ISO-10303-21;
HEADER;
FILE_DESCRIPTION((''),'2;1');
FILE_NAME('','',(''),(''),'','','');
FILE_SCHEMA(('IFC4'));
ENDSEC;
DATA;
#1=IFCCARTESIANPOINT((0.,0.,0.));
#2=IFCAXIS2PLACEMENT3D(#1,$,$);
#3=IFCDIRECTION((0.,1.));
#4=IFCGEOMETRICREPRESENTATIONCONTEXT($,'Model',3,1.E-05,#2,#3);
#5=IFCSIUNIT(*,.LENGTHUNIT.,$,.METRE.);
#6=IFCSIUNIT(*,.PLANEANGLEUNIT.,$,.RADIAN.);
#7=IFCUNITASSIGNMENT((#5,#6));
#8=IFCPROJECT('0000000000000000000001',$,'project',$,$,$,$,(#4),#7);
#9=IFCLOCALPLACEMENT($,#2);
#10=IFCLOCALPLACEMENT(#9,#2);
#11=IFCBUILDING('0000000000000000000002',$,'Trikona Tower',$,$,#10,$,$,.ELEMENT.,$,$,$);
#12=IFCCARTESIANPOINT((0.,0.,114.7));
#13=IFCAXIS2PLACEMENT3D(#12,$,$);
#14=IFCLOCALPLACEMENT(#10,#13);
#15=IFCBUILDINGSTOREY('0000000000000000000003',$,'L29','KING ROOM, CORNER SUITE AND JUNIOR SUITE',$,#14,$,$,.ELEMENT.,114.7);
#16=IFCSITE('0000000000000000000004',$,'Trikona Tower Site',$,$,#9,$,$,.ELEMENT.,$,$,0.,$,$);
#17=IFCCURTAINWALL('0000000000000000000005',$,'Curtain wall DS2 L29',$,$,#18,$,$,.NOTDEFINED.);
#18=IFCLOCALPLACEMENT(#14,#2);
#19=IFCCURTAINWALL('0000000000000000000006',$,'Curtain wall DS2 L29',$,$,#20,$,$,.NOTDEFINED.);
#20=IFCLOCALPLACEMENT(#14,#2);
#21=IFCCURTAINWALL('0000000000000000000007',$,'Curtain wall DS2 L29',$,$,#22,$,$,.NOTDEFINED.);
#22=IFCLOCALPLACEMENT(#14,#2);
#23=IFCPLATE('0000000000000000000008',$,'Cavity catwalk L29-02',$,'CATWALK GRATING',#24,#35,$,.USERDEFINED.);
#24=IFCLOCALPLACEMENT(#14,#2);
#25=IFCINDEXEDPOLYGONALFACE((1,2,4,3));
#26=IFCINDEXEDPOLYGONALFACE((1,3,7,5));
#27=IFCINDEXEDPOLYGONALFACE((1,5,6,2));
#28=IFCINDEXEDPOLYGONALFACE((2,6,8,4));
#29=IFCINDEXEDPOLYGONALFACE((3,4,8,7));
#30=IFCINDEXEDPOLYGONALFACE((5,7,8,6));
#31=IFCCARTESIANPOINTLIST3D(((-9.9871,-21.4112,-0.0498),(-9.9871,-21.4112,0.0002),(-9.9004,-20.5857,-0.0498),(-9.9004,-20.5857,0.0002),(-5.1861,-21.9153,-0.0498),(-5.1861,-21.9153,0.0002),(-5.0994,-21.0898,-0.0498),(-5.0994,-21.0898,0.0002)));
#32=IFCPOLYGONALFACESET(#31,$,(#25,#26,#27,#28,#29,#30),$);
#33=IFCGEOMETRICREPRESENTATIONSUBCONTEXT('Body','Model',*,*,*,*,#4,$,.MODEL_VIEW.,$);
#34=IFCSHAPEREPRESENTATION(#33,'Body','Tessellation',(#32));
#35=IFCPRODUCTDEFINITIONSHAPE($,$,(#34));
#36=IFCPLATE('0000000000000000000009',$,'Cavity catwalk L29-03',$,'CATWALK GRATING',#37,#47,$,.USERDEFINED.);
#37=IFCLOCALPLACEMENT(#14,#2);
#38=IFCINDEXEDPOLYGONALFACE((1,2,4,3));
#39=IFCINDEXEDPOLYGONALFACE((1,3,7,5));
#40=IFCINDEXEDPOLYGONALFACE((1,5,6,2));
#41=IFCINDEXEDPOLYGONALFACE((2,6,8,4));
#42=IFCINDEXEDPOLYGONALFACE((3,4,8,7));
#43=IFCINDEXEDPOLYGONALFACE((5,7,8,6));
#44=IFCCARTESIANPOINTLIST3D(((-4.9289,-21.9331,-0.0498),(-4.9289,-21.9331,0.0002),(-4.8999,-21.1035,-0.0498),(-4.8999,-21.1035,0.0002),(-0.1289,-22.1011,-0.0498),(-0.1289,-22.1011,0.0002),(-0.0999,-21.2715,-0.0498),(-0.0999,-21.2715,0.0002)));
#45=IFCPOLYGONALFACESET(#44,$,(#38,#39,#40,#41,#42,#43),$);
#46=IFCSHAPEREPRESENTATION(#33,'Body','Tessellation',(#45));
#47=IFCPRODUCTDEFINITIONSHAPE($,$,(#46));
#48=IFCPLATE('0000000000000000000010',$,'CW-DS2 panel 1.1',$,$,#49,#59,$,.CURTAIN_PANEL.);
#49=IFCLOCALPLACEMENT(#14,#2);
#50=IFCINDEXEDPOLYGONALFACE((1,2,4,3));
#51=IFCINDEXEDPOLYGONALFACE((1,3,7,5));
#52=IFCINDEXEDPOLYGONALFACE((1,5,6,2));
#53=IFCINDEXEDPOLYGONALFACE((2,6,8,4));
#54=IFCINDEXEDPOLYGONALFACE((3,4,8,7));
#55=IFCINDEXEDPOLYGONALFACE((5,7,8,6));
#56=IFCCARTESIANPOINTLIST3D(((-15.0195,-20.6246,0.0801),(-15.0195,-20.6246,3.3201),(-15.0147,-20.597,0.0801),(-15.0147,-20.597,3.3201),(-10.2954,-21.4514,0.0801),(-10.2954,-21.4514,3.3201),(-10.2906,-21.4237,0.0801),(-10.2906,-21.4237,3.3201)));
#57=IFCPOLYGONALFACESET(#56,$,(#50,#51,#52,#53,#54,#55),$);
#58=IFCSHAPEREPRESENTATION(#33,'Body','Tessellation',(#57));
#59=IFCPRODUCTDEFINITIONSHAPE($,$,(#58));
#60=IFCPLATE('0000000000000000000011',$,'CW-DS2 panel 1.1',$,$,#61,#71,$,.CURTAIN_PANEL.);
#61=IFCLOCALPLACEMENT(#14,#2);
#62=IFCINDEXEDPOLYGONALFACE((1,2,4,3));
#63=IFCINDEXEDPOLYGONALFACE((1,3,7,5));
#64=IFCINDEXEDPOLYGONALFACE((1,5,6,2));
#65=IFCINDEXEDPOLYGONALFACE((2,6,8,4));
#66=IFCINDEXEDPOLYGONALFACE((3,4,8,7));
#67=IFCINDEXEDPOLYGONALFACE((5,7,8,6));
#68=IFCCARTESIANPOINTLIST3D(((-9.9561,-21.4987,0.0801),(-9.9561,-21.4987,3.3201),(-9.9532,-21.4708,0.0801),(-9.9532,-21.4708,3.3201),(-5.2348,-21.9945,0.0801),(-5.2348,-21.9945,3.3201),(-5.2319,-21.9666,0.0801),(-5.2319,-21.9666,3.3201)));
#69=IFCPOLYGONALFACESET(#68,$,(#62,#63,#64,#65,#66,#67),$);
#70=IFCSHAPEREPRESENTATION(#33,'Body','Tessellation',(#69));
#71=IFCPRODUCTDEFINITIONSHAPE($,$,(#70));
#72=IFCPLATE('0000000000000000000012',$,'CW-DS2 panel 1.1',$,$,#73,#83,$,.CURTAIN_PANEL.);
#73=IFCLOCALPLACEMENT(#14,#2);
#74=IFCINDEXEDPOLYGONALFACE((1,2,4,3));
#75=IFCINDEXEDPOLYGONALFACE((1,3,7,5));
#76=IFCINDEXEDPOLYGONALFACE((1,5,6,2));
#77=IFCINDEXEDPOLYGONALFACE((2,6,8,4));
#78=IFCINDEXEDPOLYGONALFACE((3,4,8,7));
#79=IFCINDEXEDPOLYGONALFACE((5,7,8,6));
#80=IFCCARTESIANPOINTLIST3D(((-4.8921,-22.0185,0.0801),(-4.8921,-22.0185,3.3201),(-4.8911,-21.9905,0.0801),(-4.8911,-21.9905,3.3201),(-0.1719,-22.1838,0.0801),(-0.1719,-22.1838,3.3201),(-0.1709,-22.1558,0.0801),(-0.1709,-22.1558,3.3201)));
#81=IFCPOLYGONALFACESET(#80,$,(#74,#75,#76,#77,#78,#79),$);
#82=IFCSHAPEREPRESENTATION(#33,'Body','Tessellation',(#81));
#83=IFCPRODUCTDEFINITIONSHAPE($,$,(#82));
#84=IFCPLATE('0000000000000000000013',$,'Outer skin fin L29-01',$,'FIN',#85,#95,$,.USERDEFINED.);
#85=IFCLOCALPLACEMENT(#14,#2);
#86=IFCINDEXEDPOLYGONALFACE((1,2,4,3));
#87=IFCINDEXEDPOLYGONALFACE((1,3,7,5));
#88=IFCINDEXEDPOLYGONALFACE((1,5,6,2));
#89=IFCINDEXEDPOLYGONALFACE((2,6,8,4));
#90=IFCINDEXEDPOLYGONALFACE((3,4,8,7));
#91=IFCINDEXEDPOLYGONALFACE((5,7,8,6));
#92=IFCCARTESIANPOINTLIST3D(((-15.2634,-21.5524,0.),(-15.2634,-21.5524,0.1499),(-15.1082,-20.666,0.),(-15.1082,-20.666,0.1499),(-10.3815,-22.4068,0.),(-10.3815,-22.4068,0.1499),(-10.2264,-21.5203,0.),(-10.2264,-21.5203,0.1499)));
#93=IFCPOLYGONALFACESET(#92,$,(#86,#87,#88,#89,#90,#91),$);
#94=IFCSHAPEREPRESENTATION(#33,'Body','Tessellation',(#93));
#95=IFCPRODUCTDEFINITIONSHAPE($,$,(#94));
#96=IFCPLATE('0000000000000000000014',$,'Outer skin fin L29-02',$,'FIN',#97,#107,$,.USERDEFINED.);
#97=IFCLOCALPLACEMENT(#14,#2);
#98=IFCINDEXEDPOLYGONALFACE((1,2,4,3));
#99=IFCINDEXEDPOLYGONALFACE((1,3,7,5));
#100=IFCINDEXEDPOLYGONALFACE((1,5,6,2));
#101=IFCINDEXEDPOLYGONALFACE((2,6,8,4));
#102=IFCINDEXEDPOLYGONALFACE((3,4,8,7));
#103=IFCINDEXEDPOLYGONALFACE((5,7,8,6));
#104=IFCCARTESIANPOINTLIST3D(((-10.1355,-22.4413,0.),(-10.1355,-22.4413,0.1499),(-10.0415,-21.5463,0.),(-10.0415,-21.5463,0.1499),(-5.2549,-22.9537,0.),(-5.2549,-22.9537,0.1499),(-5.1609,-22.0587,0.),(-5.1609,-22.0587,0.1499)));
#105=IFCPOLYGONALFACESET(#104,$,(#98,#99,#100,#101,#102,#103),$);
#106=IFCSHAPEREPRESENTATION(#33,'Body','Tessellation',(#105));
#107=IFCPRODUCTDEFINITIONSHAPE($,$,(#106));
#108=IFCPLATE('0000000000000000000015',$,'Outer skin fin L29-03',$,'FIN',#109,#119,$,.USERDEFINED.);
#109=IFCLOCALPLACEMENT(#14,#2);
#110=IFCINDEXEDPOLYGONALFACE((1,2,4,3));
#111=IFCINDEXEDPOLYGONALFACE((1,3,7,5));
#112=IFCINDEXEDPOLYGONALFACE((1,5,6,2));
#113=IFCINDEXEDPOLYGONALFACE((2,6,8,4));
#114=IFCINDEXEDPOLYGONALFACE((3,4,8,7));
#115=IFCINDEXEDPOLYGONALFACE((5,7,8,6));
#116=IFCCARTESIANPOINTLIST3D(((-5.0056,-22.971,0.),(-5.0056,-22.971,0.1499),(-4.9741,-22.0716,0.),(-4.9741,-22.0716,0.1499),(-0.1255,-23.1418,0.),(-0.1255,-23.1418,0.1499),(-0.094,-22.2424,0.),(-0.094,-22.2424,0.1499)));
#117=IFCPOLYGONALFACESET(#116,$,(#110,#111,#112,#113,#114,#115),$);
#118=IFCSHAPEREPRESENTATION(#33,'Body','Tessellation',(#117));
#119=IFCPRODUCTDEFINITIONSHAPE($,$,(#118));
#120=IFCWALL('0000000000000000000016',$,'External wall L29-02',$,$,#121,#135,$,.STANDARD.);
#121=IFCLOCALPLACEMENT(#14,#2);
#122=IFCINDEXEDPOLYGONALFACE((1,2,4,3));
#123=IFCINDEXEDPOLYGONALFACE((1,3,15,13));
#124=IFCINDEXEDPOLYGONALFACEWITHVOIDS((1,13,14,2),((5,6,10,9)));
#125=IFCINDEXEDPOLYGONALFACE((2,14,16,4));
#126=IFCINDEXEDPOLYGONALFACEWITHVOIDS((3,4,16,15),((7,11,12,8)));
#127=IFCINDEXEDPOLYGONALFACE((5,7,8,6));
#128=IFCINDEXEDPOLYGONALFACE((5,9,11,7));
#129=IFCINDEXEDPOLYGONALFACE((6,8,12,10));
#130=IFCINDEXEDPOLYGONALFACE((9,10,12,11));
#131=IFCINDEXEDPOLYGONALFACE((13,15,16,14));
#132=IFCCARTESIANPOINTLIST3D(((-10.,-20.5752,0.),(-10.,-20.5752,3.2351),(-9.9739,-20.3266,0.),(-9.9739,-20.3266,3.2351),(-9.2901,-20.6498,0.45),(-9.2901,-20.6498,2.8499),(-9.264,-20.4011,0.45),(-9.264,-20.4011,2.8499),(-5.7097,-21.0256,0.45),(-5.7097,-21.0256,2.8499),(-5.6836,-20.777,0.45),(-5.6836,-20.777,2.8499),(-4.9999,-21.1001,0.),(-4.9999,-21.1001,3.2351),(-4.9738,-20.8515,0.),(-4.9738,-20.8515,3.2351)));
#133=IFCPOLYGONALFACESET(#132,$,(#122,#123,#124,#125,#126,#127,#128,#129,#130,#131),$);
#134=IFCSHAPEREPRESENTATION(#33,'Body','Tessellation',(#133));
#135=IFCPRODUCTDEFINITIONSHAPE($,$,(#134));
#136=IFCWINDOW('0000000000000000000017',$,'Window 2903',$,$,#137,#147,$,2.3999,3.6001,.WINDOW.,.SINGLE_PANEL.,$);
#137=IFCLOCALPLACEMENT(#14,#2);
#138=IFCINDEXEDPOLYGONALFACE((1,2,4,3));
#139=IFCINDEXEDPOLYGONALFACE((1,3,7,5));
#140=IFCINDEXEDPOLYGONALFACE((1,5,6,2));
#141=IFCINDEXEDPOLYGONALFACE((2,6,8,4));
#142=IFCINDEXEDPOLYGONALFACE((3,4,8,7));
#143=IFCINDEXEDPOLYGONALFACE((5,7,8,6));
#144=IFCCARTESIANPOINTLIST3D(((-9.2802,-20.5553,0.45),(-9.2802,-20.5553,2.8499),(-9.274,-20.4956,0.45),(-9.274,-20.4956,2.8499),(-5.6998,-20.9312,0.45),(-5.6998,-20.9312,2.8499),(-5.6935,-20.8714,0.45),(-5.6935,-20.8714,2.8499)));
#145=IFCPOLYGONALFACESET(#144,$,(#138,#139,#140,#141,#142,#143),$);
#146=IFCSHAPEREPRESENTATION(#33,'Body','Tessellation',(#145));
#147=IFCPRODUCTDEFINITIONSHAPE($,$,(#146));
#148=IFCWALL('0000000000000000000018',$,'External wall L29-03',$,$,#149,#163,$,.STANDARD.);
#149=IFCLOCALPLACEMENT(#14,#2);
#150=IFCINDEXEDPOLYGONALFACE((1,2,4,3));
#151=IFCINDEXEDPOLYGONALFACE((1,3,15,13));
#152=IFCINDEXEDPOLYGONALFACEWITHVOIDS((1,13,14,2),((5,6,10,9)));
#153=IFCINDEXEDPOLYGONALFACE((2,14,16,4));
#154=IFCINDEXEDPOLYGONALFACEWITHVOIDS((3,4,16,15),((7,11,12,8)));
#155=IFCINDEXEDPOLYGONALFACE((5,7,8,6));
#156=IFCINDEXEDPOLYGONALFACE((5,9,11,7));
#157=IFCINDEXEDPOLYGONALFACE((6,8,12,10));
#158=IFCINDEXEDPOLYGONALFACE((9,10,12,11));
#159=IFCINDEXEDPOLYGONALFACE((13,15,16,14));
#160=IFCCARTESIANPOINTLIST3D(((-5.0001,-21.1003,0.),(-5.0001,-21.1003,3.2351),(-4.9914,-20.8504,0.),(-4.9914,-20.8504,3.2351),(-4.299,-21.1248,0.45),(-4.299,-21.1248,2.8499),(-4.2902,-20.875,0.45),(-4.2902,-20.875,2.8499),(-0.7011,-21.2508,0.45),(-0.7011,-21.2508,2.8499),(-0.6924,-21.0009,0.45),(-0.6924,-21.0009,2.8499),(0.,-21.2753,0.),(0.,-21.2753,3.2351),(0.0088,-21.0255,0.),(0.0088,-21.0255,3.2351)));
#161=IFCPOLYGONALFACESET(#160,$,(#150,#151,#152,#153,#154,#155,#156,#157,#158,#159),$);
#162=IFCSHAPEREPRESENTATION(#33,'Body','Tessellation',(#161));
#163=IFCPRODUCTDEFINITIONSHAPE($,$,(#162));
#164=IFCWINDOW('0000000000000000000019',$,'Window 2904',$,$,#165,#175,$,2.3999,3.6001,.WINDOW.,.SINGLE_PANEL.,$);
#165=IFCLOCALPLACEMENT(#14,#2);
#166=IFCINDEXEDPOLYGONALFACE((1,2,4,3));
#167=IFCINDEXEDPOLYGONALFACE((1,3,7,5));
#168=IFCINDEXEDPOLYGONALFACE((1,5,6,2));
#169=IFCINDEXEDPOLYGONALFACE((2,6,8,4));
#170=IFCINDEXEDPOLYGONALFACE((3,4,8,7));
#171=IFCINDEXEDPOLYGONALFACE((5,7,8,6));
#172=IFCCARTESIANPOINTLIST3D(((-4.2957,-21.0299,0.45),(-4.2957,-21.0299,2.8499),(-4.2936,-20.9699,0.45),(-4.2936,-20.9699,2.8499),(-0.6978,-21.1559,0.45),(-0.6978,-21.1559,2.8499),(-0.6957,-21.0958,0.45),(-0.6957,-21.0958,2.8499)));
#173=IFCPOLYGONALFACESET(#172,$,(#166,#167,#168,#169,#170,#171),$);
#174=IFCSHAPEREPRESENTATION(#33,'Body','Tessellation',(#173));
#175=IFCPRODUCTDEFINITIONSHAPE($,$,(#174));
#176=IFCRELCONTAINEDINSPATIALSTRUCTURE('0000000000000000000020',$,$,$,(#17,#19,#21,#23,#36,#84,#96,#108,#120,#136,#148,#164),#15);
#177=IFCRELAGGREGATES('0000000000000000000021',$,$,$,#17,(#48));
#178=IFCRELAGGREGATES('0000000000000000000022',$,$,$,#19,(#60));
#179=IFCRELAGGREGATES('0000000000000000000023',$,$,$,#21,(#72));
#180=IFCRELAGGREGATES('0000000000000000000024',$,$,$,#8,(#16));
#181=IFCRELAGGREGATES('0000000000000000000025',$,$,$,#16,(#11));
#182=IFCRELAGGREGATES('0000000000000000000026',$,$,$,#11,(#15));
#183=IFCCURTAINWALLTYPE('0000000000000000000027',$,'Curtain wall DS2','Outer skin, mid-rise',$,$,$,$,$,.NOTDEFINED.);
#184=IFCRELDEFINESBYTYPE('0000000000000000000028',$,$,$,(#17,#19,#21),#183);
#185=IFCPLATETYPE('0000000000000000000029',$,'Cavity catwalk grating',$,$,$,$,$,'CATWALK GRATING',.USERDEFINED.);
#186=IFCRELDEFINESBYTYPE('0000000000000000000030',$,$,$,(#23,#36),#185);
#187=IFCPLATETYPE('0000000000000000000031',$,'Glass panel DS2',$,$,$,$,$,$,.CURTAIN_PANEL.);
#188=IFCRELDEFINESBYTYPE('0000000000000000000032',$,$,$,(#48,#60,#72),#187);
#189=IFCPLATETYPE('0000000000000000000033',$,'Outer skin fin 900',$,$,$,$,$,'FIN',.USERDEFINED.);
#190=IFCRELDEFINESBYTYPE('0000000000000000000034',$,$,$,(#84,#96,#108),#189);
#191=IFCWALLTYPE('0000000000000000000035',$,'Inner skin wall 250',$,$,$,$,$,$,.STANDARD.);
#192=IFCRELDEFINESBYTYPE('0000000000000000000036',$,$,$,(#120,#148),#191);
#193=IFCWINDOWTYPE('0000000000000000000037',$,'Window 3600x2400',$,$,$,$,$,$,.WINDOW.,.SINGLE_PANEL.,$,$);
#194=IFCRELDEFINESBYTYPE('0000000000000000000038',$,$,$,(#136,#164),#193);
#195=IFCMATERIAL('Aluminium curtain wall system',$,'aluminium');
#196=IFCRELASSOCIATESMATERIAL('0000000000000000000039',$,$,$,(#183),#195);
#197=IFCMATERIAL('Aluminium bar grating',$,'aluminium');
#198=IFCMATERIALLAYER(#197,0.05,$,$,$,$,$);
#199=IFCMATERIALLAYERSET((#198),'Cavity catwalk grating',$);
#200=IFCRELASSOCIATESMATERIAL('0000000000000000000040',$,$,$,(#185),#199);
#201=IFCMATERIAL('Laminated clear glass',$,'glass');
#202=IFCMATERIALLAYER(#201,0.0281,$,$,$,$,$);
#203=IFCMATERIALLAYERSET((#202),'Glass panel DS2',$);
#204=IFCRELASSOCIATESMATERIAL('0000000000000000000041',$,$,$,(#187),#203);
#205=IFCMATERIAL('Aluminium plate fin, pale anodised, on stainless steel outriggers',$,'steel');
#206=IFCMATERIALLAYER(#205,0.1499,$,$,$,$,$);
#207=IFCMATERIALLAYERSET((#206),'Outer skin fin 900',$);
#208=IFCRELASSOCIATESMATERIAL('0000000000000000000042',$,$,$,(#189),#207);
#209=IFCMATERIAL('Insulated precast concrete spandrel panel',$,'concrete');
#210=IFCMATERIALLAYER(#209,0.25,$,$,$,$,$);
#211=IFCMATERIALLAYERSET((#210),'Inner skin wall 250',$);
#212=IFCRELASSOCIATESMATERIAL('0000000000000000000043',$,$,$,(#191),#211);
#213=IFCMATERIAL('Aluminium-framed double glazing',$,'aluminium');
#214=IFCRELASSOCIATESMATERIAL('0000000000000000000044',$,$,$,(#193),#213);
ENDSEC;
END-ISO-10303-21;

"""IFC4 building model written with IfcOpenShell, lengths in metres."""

from ifc_helpers import new_model, si_unit, direction, frame, frame_2d, origin, origin_2d, place, context, subcontext, project, spatial, rectangle, extrude, material, layer, layer_set, type_object, element, fill, aggregate, save


model = new_model("IFC4")

# Units and contexts
model_context = context("Model", 3, precision=1e-05, world=origin(), true_north=direction((0.0, 1.0)))
body_context = subcontext(model_context, "Body", "Model", "MODEL_VIEW")
ifc_project = project(units=[si_unit("LENGTHUNIT", "METRE"), si_unit("PLANEANGLEUNIT", "RADIAN")], contexts=[model_context])

# Site, building, storey
site_placement = place(None, origin())
site = spatial("IfcSite", under=ifc_project, at=site_placement, Name="Trikona Tower Site", CompositionType="ELEMENT", RefElevation=0.0)
building_placement = place(site_placement, origin())
building = spatial("IfcBuilding", under=site, at=building_placement, Name="Trikona Tower", CompositionType="ELEMENT")
storey_placement = place(building_placement, frame((0.0, 0.0, 114.7)))
storey = spatial("IfcBuildingStorey", under=building, at=storey_placement, Name="L29", Description="KING ROOM, CORNER SUITE AND JUNIOR SUITE", CompositionType="ELEMENT", Elevation=114.7)

# Curtain wall
ifc_material_1 = material(Name="Aluminium curtain wall system", Category="aluminium")
curtain_wall_type = type_object("IfcCurtainWallType", Name="Curtain wall DS2", Description="Outer skin, mid-rise", PredefinedType="NOTDEFINED", material=ifc_material_1)
curtain_wall_1_placement = place(storey_placement, origin())
curtain_wall_1 = element("IfcCurtainWall", 1, at=curtain_wall_1_placement, inside=storey, type_object=curtain_wall_type, Name="Curtain wall DS2 L29", PredefinedType="NOTDEFINED")

# Curtain walls
curtain_wall_2_placement = place(storey_placement, origin())
curtain_wall_2 = element("IfcCurtainWall", 2, at=curtain_wall_2_placement, inside=storey, type_object=curtain_wall_type, Name="Curtain wall DS2 L29", PredefinedType="NOTDEFINED")
curtain_wall_3_placement = place(storey_placement, origin())
curtain_wall_3 = element("IfcCurtainWall", 3, at=curtain_wall_3_placement, inside=storey, type_object=curtain_wall_type, Name="Curtain wall DS2 L29", PredefinedType="NOTDEFINED")

# Plates
ifc_material_2 = material(Name="Aluminium bar grating", Category="aluminium")
ifc_layer_1 = layer(ifc_material_2, 0.05)
ifc_layer_set_1 = layer_set([ifc_layer_1], Name="Cavity catwalk grating")
plate_type_1 = type_object("IfcPlateType", Name="Cavity catwalk grating", ElementType="CATWALK GRATING", PredefinedType="USERDEFINED", material=ifc_layer_set_1)
plate_1_placement = place(storey_placement, frame((-7.5432, -21.2505, -0.0498), z_axis=(0.0, 0.0, 1.0), x_axis=(0.994533, -0.104426, 0.0)))
element("IfcPlate", 4, at=plate_1_placement, inside=storey, type_object=plate_type_1, Name="Cavity catwalk L29-02", ObjectType="CATWALK GRATING", PredefinedType="USERDEFINED", context=body_context, shape_type="SweptSolid", body=[
    extrude(rectangle(XDim=4.8274, YDim=0.8301, at=origin_2d()), origin(), (0.0, 0.0, 1.0), 0.05),
])
plate_2_placement = place(storey_placement, frame((-2.5144, -21.6023, -0.0498), z_axis=(0.0, 0.0, 1.0), x_axis=(0.999388, -0.034978, 0.0)))
element("IfcPlate", 5, at=plate_2_placement, inside=storey, type_object=plate_type_1, Name="Cavity catwalk L29-03", ObjectType="CATWALK GRATING", PredefinedType="USERDEFINED", context=body_context, shape_type="SweptSolid", body=[
    extrude(rectangle(XDim=4.803, YDim=0.8301, at=origin_2d()), origin(), (0.0, 0.0, 1.0), 0.05),
])

# Plates
ifc_material_3 = material(Name="Laminated clear glass", Category="glass")
ifc_layer_2 = layer(ifc_material_3, 0.0281)
ifc_layer_set_2 = layer_set([ifc_layer_2], Name="Glass panel DS2")
plate_type_2 = type_object("IfcPlateType", Name="Glass panel DS2", PredefinedType="CURTAIN_PANEL", material=ifc_layer_set_2)
plate_3_placement = place(storey_placement, frame((-12.655, -21.0242, 0.0801), z_axis=(0.0, 0.0, 1.0), x_axis=(0.985031, -0.172377, 0.0)))
plate_3 = element("IfcPlate", 6, at=plate_3_placement, type_object=plate_type_2, Name="CW-DS2 panel 1.1", PredefinedType="CURTAIN_PANEL", context=body_context, shape_type="SweptSolid", body=[
    extrude(rectangle(XDim=4.7959, YDim=0.0281, at=origin_2d()), origin(), (0.0, 0.0, 1.0), 3.24),
])
aggregate(curtain_wall_1, [plate_3])
plate_4_placement = place(storey_placement, frame((-7.594, -21.7327, 0.0801), z_axis=(0.0, 0.0, 1.0), x_axis=(0.994532, -0.104433, 0.0)))
plate_4 = element("IfcPlate", 7, at=plate_4_placement, type_object=plate_type_2, Name="CW-DS2 panel 1.1", PredefinedType="CURTAIN_PANEL", context=body_context, shape_type="SweptSolid", body=[
    extrude(rectangle(XDim=4.7473, YDim=0.0281, at=origin_2d()), origin(), (0.0, 0.0, 1.0), 3.24),
])
aggregate(curtain_wall_2, [plate_4])
plate_5_placement = place(storey_placement, frame((-2.5315, -22.0872, 0.0801), z_axis=(0.0, 0.0, 1.0), x_axis=(0.999387, -0.034998, 0.0)))
plate_5 = element("IfcPlate", 8, at=plate_5_placement, type_object=plate_type_2, Name="CW-DS2 panel 1.1", PredefinedType="CURTAIN_PANEL", context=body_context, shape_type="SweptSolid", body=[
    extrude(rectangle(XDim=4.7231, YDim=0.0281, at=origin_2d()), origin(), (0.0, 0.0, 1.0), 3.24),
])
aggregate(curtain_wall_3, [plate_5])

# Plates
ifc_material_4 = material(Name="Aluminium plate fin, pale anodised, on stainless steel outriggers", Category="steel")
ifc_layer_3 = layer(ifc_material_4, 0.1499)
ifc_layer_set_3 = layer_set([ifc_layer_3], Name="Outer skin fin 900")
plate_type_3 = type_object("IfcPlateType", Name="Outer skin fin 900", ElementType="FIN", PredefinedType="USERDEFINED", material=ifc_layer_set_3)
plate_6_placement = place(storey_placement, frame((-12.7449, -21.5364, 0.0), z_axis=(0.0, 0.0, 1.0), x_axis=(0.985031, -0.17238, 0.0)))
element("IfcPlate", 9, at=plate_6_placement, inside=storey, type_object=plate_type_3, Name="Outer skin fin L29-01", ObjectType="FIN", PredefinedType="USERDEFINED", context=body_context, shape_type="SweptSolid", body=[
    extrude(rectangle(XDim=4.9561, YDim=0.8999, at=origin_2d()), origin(), (0.0, 0.0, 1.0), 0.1499),
])
plate_7_placement = place(storey_placement, frame((-7.6482, -22.25, 0.0), z_axis=(0.0, 0.0, 1.0), x_axis=(0.994533, -0.104426, 0.0)))
element("IfcPlate", 10, at=plate_7_placement, inside=storey, type_object=plate_type_3, Name="Outer skin fin L29-02", ObjectType="FIN", PredefinedType="USERDEFINED", context=body_context, shape_type="SweptSolid", body=[
    extrude(rectangle(XDim=4.9075, YDim=0.8999, at=origin_2d()), origin(), (0.0, 0.0, 1.0), 0.1499),
])
plate_8_placement = place(storey_placement, frame((-2.5498, -22.6067, 0.0), z_axis=(0.0, 0.0, 1.0), x_axis=(0.999388, -0.034978, 0.0)))
element("IfcPlate", 11, at=plate_8_placement, inside=storey, type_object=plate_type_3, Name="Outer skin fin L29-03", ObjectType="FIN", PredefinedType="USERDEFINED", context=body_context, shape_type="SweptSolid", body=[
    extrude(rectangle(XDim=4.8831, YDim=0.8999, at=origin_2d()), origin(), (0.0, 0.0, 1.0), 0.1499),
])

# Walls, openings, windows
ifc_material_5 = material(Name="Insulated precast concrete spandrel panel", Category="concrete")
ifc_layer_4 = layer(ifc_material_5, 0.25)
ifc_layer_set_4 = layer_set([ifc_layer_4], Name="Inner skin wall 250")
wall_type = type_object("IfcWallType", Name="Inner skin wall 250", PredefinedType="STANDARD", material=ifc_layer_set_4)
wall_1_placement = place(storey_placement, frame((-9.9868, -20.4509, 0.0), z_axis=(0.0, 0.0, 1.0), x_axis=(0.994535, -0.104407, 0.0)))
wall_1 = element("IfcWall", 12, at=wall_1_placement, inside=storey, type_object=wall_type, Name="External wall L29-02", PredefinedType="STANDARD", context=body_context, shape_type="SweptSolid", body=[
    extrude(rectangle(XDim=5.0276, YDim=0.25, at=frame_2d((2.5137, 0.0))), origin(), (0.0, 0.0, 1.0), 3.2351),
])
opening_1_placement = place(wall_1_placement, frame((0.7136, 0.0, 0.45)))
opening_1 = element("IfcOpeningElement", 13, at=opening_1_placement, cuts=wall_1, PredefinedType="OPENING", context=body_context, shape_type="SweptSolid", body=[
    extrude(rectangle(XDim=3.6001, YDim=2.3999, at=frame_2d((1.8, 1.2))), frame((0.0, 0.135, 0.0), z_axis=(0.0, -1.0, 0.0), x_axis=(1.0, 0.0, 0.0)), (0.0, 0.0, 1.0), 0.27),
])
ifc_material_6 = material(Name="Aluminium-framed double glazing", Category="aluminium")
window_type = type_object("IfcWindowType", Name="Window 3600x2400", PartitioningType="SINGLE_PANEL", PredefinedType="WINDOW", material=ifc_material_6)
window_1_placement = place(opening_1_placement, origin())
window_1 = element("IfcWindow", 14, at=window_1_placement, inside=storey, type_object=window_type, Name="Window 2903", OverallHeight=2.3999, OverallWidth=3.6001, PartitioningType="SINGLE_PANEL", PredefinedType="WINDOW", context=body_context, shape_type="SweptSolid", body=[
    extrude(rectangle(XDim=3.6001, YDim=2.3999, at=frame_2d((1.8, 1.2))), frame((0.0, 0.03, 0.0), z_axis=(0.0, -1.0, 0.0), x_axis=(1.0, 0.0, 0.0)), (0.0, 0.0, 1.0), 0.0601),
])
fill(opening_1, window_1)
wall_2_placement = place(storey_placement, frame((-4.9956, -20.9753, 0.0), z_axis=(0.0, 0.0, 1.0), x_axis=(0.999388, -0.034988, 0.0)))
wall_2 = element("IfcWall", 15, at=wall_2_placement, inside=storey, type_object=wall_type, Name="External wall L29-03", PredefinedType="STANDARD", context=body_context, shape_type="SweptSolid", body=[
    extrude(rectangle(XDim=5.0032, YDim=0.25, at=frame_2d((2.5015, 0.0))), origin(), (0.0, 0.0, 1.0), 3.2351),
])
opening_2_placement = place(wall_2_placement, frame((0.7014, 0.0, 0.45)))
opening_2 = element("IfcOpeningElement", 16, at=opening_2_placement, cuts=wall_2, PredefinedType="OPENING", context=body_context, shape_type="SweptSolid", body=[
    extrude(rectangle(XDim=3.6001, YDim=2.3999, at=frame_2d((1.8, 1.2))), frame((0.0, 0.135, 0.0), z_axis=(0.0, -1.0, 0.0), x_axis=(1.0, 0.0, 0.0)), (0.0, 0.0, 1.0), 0.27),
])
window_2_placement = place(opening_2_placement, origin())
window_2 = element("IfcWindow", 17, at=window_2_placement, inside=storey, type_object=window_type, Name="Window 2904", OverallHeight=2.3999, OverallWidth=3.6001, PartitioningType="SINGLE_PANEL", PredefinedType="WINDOW", context=body_context, shape_type="SweptSolid", body=[
    extrude(rectangle(XDim=3.6001, YDim=2.3999, at=frame_2d((1.8, 1.2))), frame((0.0, 0.03, 0.0), z_axis=(0.0, -1.0, 0.0), x_axis=(1.0, 0.0, 0.0)), (0.0, 0.0, 1.0), 0.0601),
])
fill(opening_2, window_2)

save(model, "model.ifc")
